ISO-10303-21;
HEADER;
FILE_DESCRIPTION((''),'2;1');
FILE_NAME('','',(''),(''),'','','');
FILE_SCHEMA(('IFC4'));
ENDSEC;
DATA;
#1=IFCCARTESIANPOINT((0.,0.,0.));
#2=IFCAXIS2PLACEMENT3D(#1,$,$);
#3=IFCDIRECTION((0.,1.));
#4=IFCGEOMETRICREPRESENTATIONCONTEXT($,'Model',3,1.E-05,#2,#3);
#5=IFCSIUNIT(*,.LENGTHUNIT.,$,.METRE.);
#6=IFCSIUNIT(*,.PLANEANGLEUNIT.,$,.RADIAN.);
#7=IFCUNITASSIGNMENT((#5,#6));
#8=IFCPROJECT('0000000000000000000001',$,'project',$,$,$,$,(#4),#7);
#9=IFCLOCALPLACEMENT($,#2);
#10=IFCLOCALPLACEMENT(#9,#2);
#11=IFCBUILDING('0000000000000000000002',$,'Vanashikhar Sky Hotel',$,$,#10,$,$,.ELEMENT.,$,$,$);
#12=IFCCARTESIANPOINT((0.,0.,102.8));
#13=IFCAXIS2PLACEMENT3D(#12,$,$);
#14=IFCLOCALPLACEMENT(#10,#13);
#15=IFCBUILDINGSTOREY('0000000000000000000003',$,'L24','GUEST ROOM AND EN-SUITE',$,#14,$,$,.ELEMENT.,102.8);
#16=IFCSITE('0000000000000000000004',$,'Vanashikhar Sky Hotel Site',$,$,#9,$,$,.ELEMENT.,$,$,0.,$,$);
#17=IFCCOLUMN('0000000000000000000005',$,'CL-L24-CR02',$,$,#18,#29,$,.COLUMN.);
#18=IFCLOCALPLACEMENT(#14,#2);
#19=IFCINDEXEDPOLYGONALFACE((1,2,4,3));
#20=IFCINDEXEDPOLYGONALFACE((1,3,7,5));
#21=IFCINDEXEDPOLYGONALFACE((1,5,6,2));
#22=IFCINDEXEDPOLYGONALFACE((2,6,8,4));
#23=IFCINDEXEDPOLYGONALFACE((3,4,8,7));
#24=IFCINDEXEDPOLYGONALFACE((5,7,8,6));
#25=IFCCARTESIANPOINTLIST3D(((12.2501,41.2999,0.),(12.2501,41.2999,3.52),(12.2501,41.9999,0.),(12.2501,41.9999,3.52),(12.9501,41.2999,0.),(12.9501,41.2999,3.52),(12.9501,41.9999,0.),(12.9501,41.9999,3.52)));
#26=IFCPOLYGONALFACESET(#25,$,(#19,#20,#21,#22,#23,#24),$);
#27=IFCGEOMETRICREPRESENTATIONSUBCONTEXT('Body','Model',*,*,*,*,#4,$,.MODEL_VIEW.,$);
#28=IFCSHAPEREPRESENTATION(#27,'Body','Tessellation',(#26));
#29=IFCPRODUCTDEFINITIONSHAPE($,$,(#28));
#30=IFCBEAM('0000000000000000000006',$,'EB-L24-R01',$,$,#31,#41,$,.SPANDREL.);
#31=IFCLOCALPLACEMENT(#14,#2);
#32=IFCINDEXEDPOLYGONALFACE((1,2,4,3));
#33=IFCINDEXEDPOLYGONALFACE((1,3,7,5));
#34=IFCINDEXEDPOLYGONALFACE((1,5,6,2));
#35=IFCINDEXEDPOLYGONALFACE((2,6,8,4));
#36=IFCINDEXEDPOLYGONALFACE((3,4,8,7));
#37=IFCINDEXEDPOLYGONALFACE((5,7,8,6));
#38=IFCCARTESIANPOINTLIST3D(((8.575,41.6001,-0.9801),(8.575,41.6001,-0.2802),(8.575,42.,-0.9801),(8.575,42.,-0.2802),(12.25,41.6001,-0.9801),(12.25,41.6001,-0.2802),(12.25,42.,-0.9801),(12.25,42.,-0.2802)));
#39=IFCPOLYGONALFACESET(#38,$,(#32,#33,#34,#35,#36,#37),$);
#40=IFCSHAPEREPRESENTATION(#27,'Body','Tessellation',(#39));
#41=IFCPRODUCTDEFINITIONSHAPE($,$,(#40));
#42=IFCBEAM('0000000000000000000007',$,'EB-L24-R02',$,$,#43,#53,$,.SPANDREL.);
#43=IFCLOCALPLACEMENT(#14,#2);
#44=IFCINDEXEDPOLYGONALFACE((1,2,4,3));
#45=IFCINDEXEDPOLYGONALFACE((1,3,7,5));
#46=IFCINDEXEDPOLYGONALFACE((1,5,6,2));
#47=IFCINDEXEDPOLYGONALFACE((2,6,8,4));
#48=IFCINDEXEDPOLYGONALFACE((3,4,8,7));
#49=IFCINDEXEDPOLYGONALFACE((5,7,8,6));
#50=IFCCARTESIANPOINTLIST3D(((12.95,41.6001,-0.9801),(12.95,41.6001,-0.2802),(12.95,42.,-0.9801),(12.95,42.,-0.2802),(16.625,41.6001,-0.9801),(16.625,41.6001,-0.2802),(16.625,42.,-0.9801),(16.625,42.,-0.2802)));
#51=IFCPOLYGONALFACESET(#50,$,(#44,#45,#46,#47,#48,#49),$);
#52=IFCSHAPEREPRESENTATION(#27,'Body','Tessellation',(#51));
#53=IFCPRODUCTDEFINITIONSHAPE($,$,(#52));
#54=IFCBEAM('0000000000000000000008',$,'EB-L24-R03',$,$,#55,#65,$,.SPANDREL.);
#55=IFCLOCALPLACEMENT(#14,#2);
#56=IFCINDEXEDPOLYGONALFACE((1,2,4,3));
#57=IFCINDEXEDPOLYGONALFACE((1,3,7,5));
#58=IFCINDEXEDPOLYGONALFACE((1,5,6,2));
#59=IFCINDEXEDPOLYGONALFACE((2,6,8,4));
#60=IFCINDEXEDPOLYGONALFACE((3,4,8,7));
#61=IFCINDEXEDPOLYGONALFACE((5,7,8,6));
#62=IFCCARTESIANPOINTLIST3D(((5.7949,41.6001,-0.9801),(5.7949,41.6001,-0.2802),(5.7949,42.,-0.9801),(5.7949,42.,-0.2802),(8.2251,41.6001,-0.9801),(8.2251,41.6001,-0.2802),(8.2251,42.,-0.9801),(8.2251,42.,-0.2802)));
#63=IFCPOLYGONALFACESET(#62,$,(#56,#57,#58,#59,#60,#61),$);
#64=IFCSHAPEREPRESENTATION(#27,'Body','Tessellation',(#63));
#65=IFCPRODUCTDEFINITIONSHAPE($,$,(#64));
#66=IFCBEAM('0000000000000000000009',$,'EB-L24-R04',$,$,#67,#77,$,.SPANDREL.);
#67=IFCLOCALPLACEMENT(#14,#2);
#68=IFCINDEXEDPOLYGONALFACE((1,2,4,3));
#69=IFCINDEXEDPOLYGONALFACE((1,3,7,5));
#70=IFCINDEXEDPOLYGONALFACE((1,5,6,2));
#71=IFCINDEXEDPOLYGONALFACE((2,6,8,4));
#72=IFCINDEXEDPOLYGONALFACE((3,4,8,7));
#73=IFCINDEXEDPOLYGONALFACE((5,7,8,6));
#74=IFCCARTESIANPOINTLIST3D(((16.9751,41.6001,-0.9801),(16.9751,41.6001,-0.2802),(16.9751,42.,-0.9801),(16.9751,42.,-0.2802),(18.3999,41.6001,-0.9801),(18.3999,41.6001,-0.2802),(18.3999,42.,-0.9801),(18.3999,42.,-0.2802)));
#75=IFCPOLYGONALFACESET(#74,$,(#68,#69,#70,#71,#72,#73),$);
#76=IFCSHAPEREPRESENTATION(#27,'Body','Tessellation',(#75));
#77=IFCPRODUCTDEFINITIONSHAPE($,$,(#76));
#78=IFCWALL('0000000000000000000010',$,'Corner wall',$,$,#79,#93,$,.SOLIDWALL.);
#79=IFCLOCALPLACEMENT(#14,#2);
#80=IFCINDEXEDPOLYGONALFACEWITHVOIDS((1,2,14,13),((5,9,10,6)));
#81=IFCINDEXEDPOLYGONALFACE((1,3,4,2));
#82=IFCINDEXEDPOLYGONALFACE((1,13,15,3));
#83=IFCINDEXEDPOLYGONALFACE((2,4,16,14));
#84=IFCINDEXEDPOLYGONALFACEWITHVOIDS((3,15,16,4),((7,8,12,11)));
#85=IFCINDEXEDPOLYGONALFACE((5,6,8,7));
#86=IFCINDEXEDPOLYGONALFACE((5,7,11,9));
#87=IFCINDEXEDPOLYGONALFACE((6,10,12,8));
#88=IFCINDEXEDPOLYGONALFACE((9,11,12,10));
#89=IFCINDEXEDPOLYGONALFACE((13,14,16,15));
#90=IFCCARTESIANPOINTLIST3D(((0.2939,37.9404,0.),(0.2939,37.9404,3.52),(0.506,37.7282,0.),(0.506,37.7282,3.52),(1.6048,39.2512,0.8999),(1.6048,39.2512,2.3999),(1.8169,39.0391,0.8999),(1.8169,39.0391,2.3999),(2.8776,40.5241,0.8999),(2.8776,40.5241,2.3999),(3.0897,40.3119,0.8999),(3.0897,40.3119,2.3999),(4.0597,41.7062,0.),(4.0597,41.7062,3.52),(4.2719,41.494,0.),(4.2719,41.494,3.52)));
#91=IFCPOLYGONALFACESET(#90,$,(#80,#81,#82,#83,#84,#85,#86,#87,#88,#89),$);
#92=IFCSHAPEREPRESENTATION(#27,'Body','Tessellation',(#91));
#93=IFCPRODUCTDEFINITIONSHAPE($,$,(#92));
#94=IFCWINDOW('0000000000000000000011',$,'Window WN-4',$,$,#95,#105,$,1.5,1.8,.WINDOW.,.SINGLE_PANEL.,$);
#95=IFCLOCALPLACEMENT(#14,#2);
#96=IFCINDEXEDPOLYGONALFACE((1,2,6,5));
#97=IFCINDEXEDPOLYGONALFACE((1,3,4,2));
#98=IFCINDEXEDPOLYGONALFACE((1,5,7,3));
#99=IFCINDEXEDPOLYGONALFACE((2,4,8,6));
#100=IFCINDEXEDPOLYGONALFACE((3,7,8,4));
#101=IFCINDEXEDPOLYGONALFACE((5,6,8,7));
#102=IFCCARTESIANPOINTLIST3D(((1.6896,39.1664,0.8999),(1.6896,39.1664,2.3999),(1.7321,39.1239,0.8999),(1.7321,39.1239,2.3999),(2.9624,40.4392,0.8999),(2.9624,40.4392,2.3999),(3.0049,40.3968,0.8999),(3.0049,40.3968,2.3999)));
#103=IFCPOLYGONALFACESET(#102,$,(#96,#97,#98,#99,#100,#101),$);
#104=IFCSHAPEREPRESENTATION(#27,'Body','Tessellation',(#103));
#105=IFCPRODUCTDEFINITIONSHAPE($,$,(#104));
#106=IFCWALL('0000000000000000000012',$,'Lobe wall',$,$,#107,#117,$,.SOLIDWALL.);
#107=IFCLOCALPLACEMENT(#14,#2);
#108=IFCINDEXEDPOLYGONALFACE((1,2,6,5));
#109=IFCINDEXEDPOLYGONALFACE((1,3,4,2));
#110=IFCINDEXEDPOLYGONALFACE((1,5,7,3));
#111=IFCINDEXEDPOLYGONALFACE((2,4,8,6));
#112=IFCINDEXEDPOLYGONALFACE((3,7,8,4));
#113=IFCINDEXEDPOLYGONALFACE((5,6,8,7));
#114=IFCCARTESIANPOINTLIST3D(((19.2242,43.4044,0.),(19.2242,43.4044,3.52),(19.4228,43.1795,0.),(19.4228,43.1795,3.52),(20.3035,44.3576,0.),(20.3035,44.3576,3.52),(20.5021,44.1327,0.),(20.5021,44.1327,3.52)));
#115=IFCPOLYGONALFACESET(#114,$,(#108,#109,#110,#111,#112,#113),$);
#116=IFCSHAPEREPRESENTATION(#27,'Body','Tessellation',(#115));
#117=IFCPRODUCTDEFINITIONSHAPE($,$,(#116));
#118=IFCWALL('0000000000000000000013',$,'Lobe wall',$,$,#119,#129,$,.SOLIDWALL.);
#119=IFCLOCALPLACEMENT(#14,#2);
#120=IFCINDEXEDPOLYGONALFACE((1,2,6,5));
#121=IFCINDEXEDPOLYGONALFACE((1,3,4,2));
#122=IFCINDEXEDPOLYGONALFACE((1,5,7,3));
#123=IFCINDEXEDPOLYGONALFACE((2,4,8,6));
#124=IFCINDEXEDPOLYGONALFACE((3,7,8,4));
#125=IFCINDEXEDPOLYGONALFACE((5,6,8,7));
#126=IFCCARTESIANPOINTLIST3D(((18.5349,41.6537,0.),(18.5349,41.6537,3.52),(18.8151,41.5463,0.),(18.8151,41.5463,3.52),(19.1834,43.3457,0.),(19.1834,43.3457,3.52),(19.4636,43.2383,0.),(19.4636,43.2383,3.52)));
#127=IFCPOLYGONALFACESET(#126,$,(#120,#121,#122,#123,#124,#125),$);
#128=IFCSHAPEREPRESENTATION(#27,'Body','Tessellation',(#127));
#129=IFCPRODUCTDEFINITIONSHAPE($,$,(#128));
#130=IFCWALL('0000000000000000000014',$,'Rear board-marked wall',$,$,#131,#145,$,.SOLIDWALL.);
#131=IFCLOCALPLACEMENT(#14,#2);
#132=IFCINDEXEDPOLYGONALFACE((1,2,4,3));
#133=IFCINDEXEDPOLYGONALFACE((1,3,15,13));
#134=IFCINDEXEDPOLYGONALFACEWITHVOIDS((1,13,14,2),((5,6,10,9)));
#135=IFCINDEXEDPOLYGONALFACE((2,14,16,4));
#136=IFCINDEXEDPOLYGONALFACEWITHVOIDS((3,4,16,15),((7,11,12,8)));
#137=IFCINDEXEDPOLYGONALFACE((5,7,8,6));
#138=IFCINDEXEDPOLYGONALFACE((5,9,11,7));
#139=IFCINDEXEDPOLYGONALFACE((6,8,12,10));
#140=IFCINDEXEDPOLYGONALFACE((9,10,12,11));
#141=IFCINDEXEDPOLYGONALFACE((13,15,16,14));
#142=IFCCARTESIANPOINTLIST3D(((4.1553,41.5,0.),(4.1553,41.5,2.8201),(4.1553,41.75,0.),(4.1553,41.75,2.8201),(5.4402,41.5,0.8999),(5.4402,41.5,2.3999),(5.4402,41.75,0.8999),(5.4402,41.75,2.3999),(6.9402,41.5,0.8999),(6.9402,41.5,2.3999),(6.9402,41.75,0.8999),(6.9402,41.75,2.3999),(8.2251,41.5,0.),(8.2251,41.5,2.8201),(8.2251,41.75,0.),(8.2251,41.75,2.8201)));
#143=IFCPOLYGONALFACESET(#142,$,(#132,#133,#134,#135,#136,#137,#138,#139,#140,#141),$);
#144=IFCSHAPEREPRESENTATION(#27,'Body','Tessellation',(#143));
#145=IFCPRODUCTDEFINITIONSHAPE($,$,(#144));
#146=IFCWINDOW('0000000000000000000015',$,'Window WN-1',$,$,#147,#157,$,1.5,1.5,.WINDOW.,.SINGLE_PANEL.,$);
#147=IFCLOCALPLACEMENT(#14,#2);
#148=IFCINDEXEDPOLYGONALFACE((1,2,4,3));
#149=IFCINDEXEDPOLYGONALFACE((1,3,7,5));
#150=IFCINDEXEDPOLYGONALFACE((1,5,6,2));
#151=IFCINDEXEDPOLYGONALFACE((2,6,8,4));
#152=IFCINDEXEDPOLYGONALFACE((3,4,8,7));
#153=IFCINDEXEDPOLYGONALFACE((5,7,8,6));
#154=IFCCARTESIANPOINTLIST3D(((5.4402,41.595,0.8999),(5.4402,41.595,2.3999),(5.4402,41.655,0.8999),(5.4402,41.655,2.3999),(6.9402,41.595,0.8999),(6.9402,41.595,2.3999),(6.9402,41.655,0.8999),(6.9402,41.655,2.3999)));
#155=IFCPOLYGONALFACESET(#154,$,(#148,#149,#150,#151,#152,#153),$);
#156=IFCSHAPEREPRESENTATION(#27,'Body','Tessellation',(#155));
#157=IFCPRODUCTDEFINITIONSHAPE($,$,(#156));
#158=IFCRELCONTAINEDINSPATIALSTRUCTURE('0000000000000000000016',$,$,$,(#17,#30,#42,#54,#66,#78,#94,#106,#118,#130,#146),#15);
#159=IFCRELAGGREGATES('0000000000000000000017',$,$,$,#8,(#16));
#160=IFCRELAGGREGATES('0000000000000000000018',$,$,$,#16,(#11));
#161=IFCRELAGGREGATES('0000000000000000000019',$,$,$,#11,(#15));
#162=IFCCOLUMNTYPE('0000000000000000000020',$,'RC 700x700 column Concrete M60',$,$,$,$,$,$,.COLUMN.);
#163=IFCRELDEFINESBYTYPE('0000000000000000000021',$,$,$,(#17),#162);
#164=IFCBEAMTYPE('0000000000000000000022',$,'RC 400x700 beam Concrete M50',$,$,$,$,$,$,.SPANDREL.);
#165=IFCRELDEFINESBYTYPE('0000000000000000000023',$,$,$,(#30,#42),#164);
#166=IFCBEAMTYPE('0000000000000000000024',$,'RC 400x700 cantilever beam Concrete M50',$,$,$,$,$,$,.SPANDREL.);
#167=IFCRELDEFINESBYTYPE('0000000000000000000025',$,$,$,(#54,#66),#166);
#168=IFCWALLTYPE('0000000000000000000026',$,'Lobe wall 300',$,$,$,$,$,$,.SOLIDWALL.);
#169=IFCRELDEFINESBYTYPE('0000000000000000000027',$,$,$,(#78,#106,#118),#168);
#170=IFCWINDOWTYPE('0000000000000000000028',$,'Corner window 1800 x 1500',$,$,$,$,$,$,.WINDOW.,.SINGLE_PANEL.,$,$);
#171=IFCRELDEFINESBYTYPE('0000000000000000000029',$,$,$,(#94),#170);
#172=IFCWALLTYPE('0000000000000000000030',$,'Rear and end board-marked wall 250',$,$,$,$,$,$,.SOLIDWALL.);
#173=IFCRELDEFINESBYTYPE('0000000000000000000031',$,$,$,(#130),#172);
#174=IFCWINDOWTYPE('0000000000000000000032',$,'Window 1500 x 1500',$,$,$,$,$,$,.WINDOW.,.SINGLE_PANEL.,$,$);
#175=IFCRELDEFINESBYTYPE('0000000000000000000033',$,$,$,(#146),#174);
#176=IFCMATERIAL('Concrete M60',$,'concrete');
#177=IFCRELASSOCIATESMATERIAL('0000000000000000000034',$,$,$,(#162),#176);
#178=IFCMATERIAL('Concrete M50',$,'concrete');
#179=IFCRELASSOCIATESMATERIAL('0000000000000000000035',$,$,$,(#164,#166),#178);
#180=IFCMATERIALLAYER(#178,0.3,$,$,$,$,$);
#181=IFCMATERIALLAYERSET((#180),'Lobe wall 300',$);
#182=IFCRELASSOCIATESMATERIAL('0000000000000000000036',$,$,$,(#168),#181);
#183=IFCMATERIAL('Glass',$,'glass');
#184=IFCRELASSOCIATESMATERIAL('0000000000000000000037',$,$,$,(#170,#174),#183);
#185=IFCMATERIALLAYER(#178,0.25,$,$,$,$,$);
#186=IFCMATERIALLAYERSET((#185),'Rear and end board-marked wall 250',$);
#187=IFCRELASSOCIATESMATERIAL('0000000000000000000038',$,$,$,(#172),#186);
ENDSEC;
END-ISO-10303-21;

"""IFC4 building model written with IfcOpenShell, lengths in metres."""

from ifc_helpers import new_model, si_unit, direction, frame, frame_2d, origin, origin_2d, place, context, subcontext, project, spatial, rectangle, extrude, source, transform, mapped, material, layer, layer_set, material_profile, profile_set, type_object, element, fill, save


model = new_model("IFC4")

# Units and contexts
model_context = context("Model", 3, precision=1e-05, world=origin(), true_north=direction((0.0, 1.0)))
body_context = subcontext(model_context, "Body", "Model", "MODEL_VIEW")
ifc_project = project(units=[si_unit("LENGTHUNIT", "METRE"), si_unit("PLANEANGLEUNIT", "RADIAN")], contexts=[model_context])

# Site, building, storey
site_placement = place(None, origin())
site = spatial("IfcSite", under=ifc_project, at=site_placement, Name="Vanashikhar Sky Hotel Site", CompositionType="ELEMENT", RefElevation=0.0)
building_placement = place(site_placement, origin())
building = spatial("IfcBuilding", under=site, at=building_placement, Name="Vanashikhar Sky Hotel", CompositionType="ELEMENT")
storey_placement = place(building_placement, frame((0.0, 0.0, 102.8)))
storey = spatial("IfcBuildingStorey", under=building, at=storey_placement, Name="L24", Description="GUEST ROOM AND EN-SUITE", CompositionType="ELEMENT", Elevation=102.8)

# Column
ifc_material_1 = material(Name="Concrete M60", Category="concrete")
ifc_material_profile_1 = material_profile(ifc_material_1, rectangle(XDim=0.7, YDim=0.7, at=origin_2d()))
ifc_profile_set_1 = profile_set([ifc_material_profile_1], Name="RC 700x700 column Concrete M60")
column_type = type_object("IfcColumnType", Name="RC 700x700 column Concrete M60", PredefinedType="COLUMN", material=ifc_profile_set_1)
shared_shape_1 = source(origin(), body_context, "Body", "SweptSolid", [
    extrude(rectangle(XDim=0.7, YDim=0.7, at=origin_2d()), origin(), (0.0, 0.0, 1.0), 3.52),
])
column_placement = place(storey_placement, frame((12.6001, 41.6499, 0.0), z_axis=(0.0, 0.0, 1.0), x_axis=(1.0, 0.0, 0.0)))
element("IfcColumn", 1, at=column_placement, inside=storey, type_object=column_type, Name="CL-L24-CR02", PredefinedType="COLUMN", context=body_context, shape_type="MappedRepresentation", body=[
    mapped(shared_shape_1, transform((0.0, 0.0, 0.0), scale=1.0)),
])

# Beams
ifc_material_2 = material(Name="Concrete M50", Category="concrete")
ifc_material_profile_2 = material_profile(ifc_material_2, rectangle(XDim=0.3999, YDim=0.7, at=origin_2d()))
ifc_profile_set_2 = profile_set([ifc_material_profile_2], Name="RC 400x700 beam Concrete M50")
beam_type_1 = type_object("IfcBeamType", Name="RC 400x700 beam Concrete M50", PredefinedType="SPANDREL", material=ifc_profile_set_2)
shared_shape_2 = source(origin(), body_context, "Body", "SweptSolid", [
    extrude(rectangle(XDim=0.3999, YDim=0.7, at=origin_2d()), origin(), (0.0, 0.0, 1.0), 3.675),
])
for number, where, z_axis, x_axis, name in (
    (2, (8.575, 41.8, -0.6301), (1.0, 0.0, 0.0), (0.0, 1.0, 0.0), "EB-L24-R01"),
    (3, (12.95, 41.8, -0.6301), (1.0, 0.0, 0.0), (0.0, 1.0, 0.0), "EB-L24-R02"),
):
    element("IfcBeam", number, at=place(storey_placement, frame(where, z_axis=z_axis, x_axis=x_axis)), inside=storey, type_object=beam_type_1, Name=name, PredefinedType="SPANDREL", context=body_context, shape_type="MappedRepresentation", body=[
        mapped(shared_shape_2, transform((0.0, 0.0, 0.0), scale=1.0)),
    ])
ifc_material_profile_3 = material_profile(ifc_material_2, rectangle(XDim=0.3999, YDim=0.7, at=origin_2d()))
ifc_profile_set_3 = profile_set([ifc_material_profile_3], Name="RC 400x700 cantilever beam Concrete M50")
beam_type_2 = type_object("IfcBeamType", Name="RC 400x700 cantilever beam Concrete M50", PredefinedType="SPANDREL", material=ifc_profile_set_3)
shared_shape_3 = source(origin(), body_context, "Body", "SweptSolid", [
    extrude(rectangle(XDim=0.3999, YDim=0.7, at=origin_2d()), origin(), (0.0, 0.0, 1.0), 2.4302),
])
beam_1_placement = place(storey_placement, frame((5.7949, 41.8, -0.6301), z_axis=(1.0, 0.0, 0.0), x_axis=(0.0, 1.0, 0.0)))
element("IfcBeam", 4, at=beam_1_placement, inside=storey, type_object=beam_type_2, Name="EB-L24-R03", PredefinedType="SPANDREL", context=body_context, shape_type="MappedRepresentation", body=[
    mapped(shared_shape_3, transform((0.0, 0.0, 0.0), scale=1.0)),
])
shared_shape_4 = source(origin(), body_context, "Body", "SweptSolid", [
    extrude(rectangle(XDim=0.3999, YDim=0.7, at=origin_2d()), origin(), (0.0, 0.0, 1.0), 1.4248),
])
beam_2_placement = place(storey_placement, frame((16.9751, 41.8, -0.6301), z_axis=(1.0, 0.0, 0.0), x_axis=(0.0, 1.0, 0.0)))
element("IfcBeam", 5, at=beam_2_placement, inside=storey, type_object=beam_type_2, Name="EB-L24-R04", PredefinedType="SPANDREL", context=body_context, shape_type="MappedRepresentation", body=[
    mapped(shared_shape_4, transform((0.0, 0.0, 0.0), scale=1.0)),
])

# Wall, opening, window
ifc_layer_1 = layer(ifc_material_2, 0.3)
ifc_layer_set_1 = layer_set([ifc_layer_1], Name="Lobe wall 300")
wall_type_1 = type_object("IfcWallType", Name="Lobe wall 300", PredefinedType="SOLIDWALL", material=ifc_layer_set_1)
shared_shape_5 = source(origin(), body_context, "Body", "SweptSolid", [
    extrude(rectangle(XDim=5.3257, YDim=0.3, at=frame_2d((2.6628, 0.0))), origin(), (0.0, 0.0, 1.0), 3.52),
])
wall_1_placement = place(storey_placement, frame((4.1658, 41.6001, 0.0), z_axis=(0.0, 0.0, 1.0), x_axis=(-0.707107, -0.707107, 0.0)))
wall_1 = element("IfcWall", 6, at=wall_1_placement, inside=storey, type_object=wall_type_1, Name="Corner wall", PredefinedType="SOLIDWALL", context=body_context, shape_type="MappedRepresentation", body=[
    mapped(shared_shape_5, transform((0.0, 0.0, 0.0), scale=1.0)),
])
shared_shape_6 = source(origin(), body_context, "Body", "SweptSolid", [
    extrude(rectangle(XDim=1.8, YDim=1.5, at=frame_2d((0.8999, 0.75))), frame((0.0, 0.1602, 0.0), z_axis=(0.0, -1.0, 0.0), x_axis=(1.0, 0.0, 0.0)), (0.0, 0.0, 1.0), 0.3201),
])
opening_1_placement = place(wall_1_placement, frame((1.6719, 0.0, 0.8999)))
opening_1 = element("IfcOpeningElement", 7, at=opening_1_placement, cuts=wall_1, PredefinedType="OPENING", context=body_context, shape_type="MappedRepresentation", body=[
    mapped(shared_shape_6, transform((0.0, 0.0, 0.0), scale=1.0)),
])
ifc_material_3 = material(Name="Glass", Category="glass")
window_type_1 = type_object("IfcWindowType", Name="Corner window 1800 x 1500", PartitioningType="SINGLE_PANEL", PredefinedType="WINDOW", material=ifc_material_3)
shared_shape_7 = source(origin(), body_context, "Body", "SweptSolid", [
    extrude(rectangle(XDim=1.8, YDim=1.5, at=frame_2d((0.8999, 0.75))), frame((0.0, 0.03, 0.0), z_axis=(0.0, -1.0, 0.0), x_axis=(1.0, 0.0, 0.0)), (0.0, 0.0, 1.0), 0.0601),
])
window_1_placement = place(opening_1_placement, origin())
window_1 = element("IfcWindow", 8, at=window_1_placement, inside=storey, type_object=window_type_1, Name="Window WN-4", OverallHeight=1.5, OverallWidth=1.8, PartitioningType="SINGLE_PANEL", PredefinedType="WINDOW", context=body_context, shape_type="MappedRepresentation", body=[
    mapped(shared_shape_7, transform((0.0, 0.0, 0.0), scale=1.0)),
])
fill(opening_1, window_1)

# Walls
shared_shape_8 = source(origin(), body_context, "Body", "SweptSolid", [
    extrude(rectangle(XDim=1.4399, YDim=0.3, at=frame_2d((0.72, 0.0))), origin(), (0.0, 0.0, 1.0), 3.52),
])
wall_2_placement = place(storey_placement, frame((20.4028, 44.2451, 0.0), z_axis=(0.0, 0.0, 1.0), x_axis=(-0.749576, -0.661919, 0.0)))
element("IfcWall", 9, at=wall_2_placement, inside=storey, type_object=wall_type_1, Name="Lobe wall", PredefinedType="SOLIDWALL", context=body_context, shape_type="MappedRepresentation", body=[
    mapped(shared_shape_8, transform((0.0, 0.0, 0.0), scale=1.0)),
])
shared_shape_9 = source(origin(), body_context, "Body", "SweptSolid", [
    extrude(rectangle(XDim=1.812, YDim=0.3, at=frame_2d((0.906, 0.0))), origin(), (0.0, 0.0, 1.0), 3.52),
])
wall_3_placement = place(storey_placement, frame((19.3235, 43.292, 0.0), z_axis=(0.0, 0.0, 1.0), x_axis=(-0.357877, -0.933769, 0.0)))
element("IfcWall", 10, at=wall_3_placement, inside=storey, type_object=wall_type_1, Name="Lobe wall", PredefinedType="SOLIDWALL", context=body_context, shape_type="MappedRepresentation", body=[
    mapped(shared_shape_9, transform((0.0, 0.0, 0.0), scale=1.0)),
])

# Wall, opening, window
ifc_layer_2 = layer(ifc_material_2, 0.25)
ifc_layer_set_2 = layer_set([ifc_layer_2], Name="Rear and end board-marked wall 250")
wall_type_2 = type_object("IfcWallType", Name="Rear and end board-marked wall 250", PredefinedType="SOLIDWALL", material=ifc_layer_set_2)
shared_shape_10 = source(origin(), body_context, "Body", "SweptSolid", [
    extrude(rectangle(XDim=4.0698, YDim=0.25, at=frame_2d((2.0349, 0.0))), origin(), (0.0, 0.0, 1.0), 2.8201),
])
wall_4_placement = place(storey_placement, frame((8.2251, 41.625, 0.0), z_axis=(0.0, 0.0, 1.0), x_axis=(-1.0, 0.0, 0.0)))
wall_4 = element("IfcWall", 11, at=wall_4_placement, inside=storey, type_object=wall_type_2, Name="Rear board-marked wall", PredefinedType="SOLIDWALL", context=body_context, shape_type="MappedRepresentation", body=[
    mapped(shared_shape_10, transform((0.0, 0.0, 0.0), scale=1.0)),
])
shared_shape_11 = source(origin(), body_context, "Body", "SweptSolid", [
    extrude(rectangle(XDim=1.5, YDim=1.5, at=frame_2d((0.75, 0.75))), frame((0.0, 0.135, 0.0), z_axis=(0.0, -1.0, 0.0), x_axis=(1.0, 0.0, 0.0)), (0.0, 0.0, 1.0), 0.27),
])
opening_2_placement = place(wall_4_placement, frame((1.2849, 0.0, 0.8999)))
opening_2 = element("IfcOpeningElement", 12, at=opening_2_placement, cuts=wall_4, PredefinedType="OPENING", context=body_context, shape_type="MappedRepresentation", body=[
    mapped(shared_shape_11, transform((0.0, 0.0, 0.0), scale=1.0)),
])
window_type_2 = type_object("IfcWindowType", Name="Window 1500 x 1500", PartitioningType="SINGLE_PANEL", PredefinedType="WINDOW", material=ifc_material_3)
shared_shape_12 = source(origin(), body_context, "Body", "SweptSolid", [
    extrude(rectangle(XDim=1.5, YDim=1.5, at=frame_2d((0.75, 0.75))), frame((0.0, 0.03, 0.0), z_axis=(0.0, -1.0, 0.0), x_axis=(1.0, 0.0, 0.0)), (0.0, 0.0, 1.0), 0.0601),
])
window_2_placement = place(opening_2_placement, origin())
window_2 = element("IfcWindow", 13, at=window_2_placement, inside=storey, type_object=window_type_2, Name="Window WN-1", OverallHeight=1.5, OverallWidth=1.5, PartitioningType="SINGLE_PANEL", PredefinedType="WINDOW", context=body_context, shape_type="MappedRepresentation", body=[
    mapped(shared_shape_12, transform((0.0, 0.0, 0.0), scale=1.0)),
])
fill(opening_2, window_2)

save(model, "model.ifc")
